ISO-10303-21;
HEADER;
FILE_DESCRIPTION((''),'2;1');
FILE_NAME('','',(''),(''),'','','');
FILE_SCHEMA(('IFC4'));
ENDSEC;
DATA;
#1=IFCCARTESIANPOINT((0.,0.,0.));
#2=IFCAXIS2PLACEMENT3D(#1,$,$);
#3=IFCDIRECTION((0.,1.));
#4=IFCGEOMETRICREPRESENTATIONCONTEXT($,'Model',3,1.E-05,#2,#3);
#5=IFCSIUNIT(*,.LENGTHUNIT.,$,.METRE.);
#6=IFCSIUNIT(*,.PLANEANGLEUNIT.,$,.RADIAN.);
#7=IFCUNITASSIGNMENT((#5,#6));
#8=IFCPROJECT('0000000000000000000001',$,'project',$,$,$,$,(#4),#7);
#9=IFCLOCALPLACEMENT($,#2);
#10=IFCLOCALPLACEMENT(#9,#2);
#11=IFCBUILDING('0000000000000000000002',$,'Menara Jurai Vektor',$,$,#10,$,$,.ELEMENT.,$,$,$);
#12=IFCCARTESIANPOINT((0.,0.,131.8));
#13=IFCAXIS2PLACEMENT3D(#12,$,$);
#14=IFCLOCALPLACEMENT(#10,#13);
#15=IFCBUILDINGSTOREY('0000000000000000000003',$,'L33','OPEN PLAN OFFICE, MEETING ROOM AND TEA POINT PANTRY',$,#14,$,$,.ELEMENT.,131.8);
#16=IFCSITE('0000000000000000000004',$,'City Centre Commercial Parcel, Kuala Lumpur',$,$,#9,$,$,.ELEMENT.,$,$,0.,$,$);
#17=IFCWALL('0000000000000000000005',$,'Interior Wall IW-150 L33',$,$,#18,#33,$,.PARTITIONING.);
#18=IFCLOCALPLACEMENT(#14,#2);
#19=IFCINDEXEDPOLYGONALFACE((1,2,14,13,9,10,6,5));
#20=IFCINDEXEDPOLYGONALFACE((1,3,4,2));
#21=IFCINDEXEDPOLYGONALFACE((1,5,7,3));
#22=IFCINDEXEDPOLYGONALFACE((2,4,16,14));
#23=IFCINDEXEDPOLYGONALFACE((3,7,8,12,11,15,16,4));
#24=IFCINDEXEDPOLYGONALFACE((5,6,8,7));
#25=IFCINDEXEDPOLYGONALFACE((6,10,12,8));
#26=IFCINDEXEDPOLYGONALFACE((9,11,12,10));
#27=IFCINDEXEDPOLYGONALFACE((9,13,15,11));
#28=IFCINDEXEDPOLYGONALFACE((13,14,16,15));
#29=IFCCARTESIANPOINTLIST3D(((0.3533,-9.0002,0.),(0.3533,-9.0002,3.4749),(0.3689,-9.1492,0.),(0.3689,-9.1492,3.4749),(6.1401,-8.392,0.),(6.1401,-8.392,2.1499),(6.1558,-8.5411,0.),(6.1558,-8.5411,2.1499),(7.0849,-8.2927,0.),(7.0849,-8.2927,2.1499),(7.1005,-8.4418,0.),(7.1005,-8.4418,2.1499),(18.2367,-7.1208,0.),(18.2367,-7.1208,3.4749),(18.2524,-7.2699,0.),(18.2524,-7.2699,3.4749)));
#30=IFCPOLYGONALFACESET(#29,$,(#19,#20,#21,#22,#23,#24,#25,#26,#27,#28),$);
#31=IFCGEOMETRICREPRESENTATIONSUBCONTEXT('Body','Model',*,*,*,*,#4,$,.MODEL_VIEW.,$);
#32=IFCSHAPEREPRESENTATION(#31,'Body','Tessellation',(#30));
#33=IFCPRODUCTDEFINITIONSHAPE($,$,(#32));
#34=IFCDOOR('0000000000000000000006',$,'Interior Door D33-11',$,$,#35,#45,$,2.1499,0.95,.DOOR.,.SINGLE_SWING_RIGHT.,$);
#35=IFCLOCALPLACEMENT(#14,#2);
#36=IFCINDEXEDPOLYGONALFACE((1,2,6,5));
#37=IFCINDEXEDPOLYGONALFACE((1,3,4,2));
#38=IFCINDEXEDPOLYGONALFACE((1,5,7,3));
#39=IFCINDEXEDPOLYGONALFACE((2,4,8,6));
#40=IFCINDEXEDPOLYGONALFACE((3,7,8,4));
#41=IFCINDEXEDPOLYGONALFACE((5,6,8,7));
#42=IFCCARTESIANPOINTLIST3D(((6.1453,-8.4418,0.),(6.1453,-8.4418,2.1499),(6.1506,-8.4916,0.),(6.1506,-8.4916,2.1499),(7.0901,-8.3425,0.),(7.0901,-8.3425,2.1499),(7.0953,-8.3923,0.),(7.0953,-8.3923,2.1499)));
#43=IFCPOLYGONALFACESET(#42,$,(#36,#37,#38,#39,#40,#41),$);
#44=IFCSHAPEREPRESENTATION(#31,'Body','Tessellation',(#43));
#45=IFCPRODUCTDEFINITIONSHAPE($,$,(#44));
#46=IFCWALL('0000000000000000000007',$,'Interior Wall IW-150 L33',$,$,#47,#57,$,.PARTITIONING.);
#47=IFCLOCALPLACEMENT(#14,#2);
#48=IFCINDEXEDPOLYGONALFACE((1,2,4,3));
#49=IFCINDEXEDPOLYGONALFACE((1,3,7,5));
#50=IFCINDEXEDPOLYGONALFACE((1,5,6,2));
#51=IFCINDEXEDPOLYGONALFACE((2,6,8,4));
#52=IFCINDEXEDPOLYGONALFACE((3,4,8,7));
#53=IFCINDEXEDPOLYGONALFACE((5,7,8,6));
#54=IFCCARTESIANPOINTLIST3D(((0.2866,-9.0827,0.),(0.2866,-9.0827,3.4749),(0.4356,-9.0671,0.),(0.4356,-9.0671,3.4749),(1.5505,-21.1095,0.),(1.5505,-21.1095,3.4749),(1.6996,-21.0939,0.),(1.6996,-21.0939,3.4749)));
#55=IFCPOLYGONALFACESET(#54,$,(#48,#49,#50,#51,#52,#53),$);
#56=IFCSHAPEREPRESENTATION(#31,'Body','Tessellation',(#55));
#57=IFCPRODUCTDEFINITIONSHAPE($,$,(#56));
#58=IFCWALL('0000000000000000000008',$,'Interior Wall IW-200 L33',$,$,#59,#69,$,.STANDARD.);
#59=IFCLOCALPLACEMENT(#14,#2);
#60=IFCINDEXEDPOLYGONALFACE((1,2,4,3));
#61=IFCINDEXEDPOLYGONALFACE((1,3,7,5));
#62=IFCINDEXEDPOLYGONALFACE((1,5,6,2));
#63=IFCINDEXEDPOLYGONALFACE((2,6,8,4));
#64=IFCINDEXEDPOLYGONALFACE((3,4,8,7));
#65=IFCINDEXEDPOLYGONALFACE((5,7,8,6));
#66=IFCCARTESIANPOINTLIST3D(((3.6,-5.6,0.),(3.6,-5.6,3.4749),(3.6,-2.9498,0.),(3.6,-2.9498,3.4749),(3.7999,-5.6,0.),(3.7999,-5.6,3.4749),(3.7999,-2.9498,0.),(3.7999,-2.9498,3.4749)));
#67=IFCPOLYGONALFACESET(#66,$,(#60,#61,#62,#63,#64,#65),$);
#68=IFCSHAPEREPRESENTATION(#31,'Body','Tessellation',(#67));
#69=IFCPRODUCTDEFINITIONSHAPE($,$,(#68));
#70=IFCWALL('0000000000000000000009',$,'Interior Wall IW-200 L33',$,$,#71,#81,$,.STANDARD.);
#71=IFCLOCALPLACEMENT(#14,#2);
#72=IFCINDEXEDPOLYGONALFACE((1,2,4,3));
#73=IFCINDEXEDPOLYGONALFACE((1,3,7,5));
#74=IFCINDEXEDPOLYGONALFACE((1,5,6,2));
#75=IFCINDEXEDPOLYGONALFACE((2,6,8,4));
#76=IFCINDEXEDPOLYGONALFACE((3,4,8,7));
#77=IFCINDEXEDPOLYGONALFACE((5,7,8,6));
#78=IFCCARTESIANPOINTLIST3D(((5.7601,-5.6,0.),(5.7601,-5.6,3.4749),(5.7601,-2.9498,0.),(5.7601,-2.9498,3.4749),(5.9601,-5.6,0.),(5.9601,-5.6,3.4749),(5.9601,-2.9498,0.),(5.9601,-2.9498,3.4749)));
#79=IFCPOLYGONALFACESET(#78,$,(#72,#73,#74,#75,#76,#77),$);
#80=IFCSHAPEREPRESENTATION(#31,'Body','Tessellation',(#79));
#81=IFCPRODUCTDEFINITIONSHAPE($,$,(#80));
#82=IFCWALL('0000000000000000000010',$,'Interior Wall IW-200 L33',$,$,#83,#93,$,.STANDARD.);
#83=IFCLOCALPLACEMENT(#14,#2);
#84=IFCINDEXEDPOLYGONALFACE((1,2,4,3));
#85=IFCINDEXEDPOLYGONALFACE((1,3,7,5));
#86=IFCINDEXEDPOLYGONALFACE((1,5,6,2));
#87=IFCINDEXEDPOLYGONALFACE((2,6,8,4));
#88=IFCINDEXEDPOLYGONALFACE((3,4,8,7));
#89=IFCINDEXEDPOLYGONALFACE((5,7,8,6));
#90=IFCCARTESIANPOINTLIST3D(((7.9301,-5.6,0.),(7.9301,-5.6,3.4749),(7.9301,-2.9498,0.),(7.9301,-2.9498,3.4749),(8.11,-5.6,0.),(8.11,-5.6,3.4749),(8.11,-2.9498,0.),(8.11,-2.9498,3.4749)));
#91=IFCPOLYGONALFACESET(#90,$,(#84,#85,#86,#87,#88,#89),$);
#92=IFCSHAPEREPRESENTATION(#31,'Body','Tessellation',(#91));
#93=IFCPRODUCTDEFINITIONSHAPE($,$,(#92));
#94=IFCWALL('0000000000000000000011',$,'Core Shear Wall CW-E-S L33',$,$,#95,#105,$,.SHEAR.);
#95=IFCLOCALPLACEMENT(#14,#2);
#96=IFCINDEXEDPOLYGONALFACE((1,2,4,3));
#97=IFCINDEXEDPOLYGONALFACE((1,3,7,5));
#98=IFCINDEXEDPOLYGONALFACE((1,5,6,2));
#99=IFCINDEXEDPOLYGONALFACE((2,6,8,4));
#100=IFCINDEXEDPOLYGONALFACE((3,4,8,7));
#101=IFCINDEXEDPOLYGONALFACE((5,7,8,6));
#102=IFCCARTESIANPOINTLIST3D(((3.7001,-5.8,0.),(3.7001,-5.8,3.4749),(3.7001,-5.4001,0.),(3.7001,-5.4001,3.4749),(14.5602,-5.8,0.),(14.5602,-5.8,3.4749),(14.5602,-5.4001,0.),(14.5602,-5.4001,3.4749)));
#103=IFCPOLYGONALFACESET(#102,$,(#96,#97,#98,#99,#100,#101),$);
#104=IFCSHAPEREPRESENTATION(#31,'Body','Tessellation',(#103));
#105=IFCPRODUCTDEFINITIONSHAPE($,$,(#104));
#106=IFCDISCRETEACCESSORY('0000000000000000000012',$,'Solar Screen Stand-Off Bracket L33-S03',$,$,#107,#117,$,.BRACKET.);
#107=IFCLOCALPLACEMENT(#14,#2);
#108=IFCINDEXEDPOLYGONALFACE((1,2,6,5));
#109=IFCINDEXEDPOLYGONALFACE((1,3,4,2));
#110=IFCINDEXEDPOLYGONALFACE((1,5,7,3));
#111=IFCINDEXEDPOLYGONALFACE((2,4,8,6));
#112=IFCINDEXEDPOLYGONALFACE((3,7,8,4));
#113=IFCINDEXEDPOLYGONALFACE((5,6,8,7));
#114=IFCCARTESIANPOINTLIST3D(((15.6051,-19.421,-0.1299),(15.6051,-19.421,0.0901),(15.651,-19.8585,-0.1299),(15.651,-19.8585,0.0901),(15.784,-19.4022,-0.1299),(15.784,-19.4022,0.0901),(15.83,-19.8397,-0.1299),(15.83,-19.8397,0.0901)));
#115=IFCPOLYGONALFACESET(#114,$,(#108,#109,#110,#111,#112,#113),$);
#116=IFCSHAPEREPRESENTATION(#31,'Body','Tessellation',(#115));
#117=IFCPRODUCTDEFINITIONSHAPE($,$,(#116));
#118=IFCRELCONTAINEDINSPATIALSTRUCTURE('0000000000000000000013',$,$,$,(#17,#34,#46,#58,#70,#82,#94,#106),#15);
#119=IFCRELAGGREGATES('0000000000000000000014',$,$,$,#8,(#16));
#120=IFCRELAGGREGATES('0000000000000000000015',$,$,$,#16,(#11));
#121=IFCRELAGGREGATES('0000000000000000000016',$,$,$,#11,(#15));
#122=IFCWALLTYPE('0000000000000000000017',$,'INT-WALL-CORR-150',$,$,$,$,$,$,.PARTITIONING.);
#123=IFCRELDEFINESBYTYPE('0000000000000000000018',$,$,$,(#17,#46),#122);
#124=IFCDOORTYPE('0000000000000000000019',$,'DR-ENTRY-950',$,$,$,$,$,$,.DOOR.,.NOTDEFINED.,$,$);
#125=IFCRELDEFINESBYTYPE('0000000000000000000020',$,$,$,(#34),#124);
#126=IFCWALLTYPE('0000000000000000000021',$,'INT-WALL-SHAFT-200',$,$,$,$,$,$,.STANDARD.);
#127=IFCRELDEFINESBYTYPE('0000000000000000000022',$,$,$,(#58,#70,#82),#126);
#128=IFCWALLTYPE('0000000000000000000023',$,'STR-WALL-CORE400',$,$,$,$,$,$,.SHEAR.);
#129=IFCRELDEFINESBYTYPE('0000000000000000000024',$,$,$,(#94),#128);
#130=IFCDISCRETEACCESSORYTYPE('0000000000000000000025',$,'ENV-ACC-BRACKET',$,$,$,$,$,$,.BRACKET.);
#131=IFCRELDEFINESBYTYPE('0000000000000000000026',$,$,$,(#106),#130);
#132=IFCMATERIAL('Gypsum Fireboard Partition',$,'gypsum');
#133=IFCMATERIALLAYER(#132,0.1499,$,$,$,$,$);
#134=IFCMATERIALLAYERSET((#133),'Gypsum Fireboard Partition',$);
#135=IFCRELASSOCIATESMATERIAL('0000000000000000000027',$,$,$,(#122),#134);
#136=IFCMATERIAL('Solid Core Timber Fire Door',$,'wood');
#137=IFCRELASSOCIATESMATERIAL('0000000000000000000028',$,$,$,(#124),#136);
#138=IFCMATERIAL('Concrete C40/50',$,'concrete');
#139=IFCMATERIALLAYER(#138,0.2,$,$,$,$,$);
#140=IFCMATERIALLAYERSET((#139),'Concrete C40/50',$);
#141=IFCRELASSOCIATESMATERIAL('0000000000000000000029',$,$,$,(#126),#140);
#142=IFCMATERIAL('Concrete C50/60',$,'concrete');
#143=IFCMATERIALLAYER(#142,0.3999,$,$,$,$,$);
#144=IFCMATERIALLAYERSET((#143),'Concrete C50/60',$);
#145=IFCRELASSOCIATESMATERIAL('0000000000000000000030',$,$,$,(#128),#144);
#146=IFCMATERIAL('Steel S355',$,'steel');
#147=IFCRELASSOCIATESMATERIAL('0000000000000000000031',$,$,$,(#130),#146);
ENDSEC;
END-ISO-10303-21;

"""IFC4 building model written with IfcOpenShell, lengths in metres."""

from ifc_helpers import new_model, si_unit, direction, frame, frame_2d, origin, origin_2d, place, context, subcontext, project, spatial, rectangle, extrude, material, layer, layer_set, type_object, element, fill, save


model = new_model("IFC4")

# Units and contexts
model_context = context("Model", 3, precision=1e-05, world=origin(), true_north=direction((0.0, 1.0)))
body_context = subcontext(model_context, "Body", "Model", "MODEL_VIEW")
ifc_project = project(units=[si_unit("LENGTHUNIT", "METRE"), si_unit("PLANEANGLEUNIT", "RADIAN")], contexts=[model_context])

# Site, building, storey
site_placement = place(None, origin())
site = spatial("IfcSite", under=ifc_project, at=site_placement, Name="City Centre Commercial Parcel, Kuala Lumpur", CompositionType="ELEMENT", RefElevation=0.0)
building_placement = place(site_placement, origin())
building = spatial("IfcBuilding", under=site, at=building_placement, Name="Menara Jurai Vektor", CompositionType="ELEMENT")
storey_placement = place(building_placement, frame((0.0, 0.0, 131.8)))
storey = spatial("IfcBuildingStorey", under=building, at=storey_placement, Name="L33", Description="OPEN PLAN OFFICE, MEETING ROOM AND TEA POINT PANTRY", CompositionType="ELEMENT", Elevation=131.8)

# Shared definitions
ifc_material_1 = material(Name="Concrete C50/60", Category="concrete")

# Shared definitions
ifc_material_2 = material(Name="Steel S355", Category="steel")

# Wall, opening, door
ifc_material_3 = material(Name="Gypsum Fireboard Partition", Category="gypsum")
ifc_layer_1 = layer(ifc_material_3, 0.1499)
ifc_layer_set_1 = layer_set([ifc_layer_1], Name="Gypsum Fireboard Partition")
wall_type_1 = type_object("IfcWallType", Name="INT-WALL-CORR-150", PredefinedType="PARTITIONING", material=ifc_layer_set_1)
wall_1_placement = place(storey_placement, frame((0.3611, -9.0747, 0.0), z_axis=(0.0, 0.0, 1.0), x_axis=(0.994523, 0.104515, 0.0)))
wall_1 = element("IfcWall", 1, at=wall_1_placement, inside=storey, type_object=wall_type_1, Name="Interior Wall IW-150 L33", PredefinedType="PARTITIONING", context=body_context, shape_type="SweptSolid", body=[
    extrude(rectangle(XDim=17.9819, YDim=0.1499, at=frame_2d((8.991, 0.0))), origin(), (0.0, 0.0, 1.0), 3.4749),
])
opening_placement = place(wall_1_placement, frame((5.8186, 0.0, 0.0)))
opening = element("IfcOpeningElement", 2, at=opening_placement, cuts=wall_1, PredefinedType="OPENING", context=body_context, shape_type="SweptSolid", body=[
    extrude(rectangle(XDim=0.95, YDim=2.1499, at=frame_2d((0.4751, 1.075))), frame((0.0, 0.085, 0.0), z_axis=(0.0, -1.0, 0.0), x_axis=(1.0, 0.0, 0.0)), (0.0, 0.0, 1.0), 0.1699),
])
ifc_material_4 = material(Name="Solid Core Timber Fire Door", Category="wood")
door_type = type_object("IfcDoorType", Name="DR-ENTRY-950", OperationType="NOTDEFINED", PredefinedType="DOOR", material=ifc_material_4)
door_placement = place(opening_placement, origin())
door = element("IfcDoor", 3, at=door_placement, inside=storey, type_object=door_type, Name="Interior Door D33-11", OperationType="SINGLE_SWING_RIGHT", OverallHeight=2.1499, OverallWidth=0.95, PredefinedType="DOOR", context=body_context, shape_type="SweptSolid", body=[
    extrude(rectangle(XDim=0.95, YDim=2.1499, at=frame_2d((0.4751, 1.075))), frame((0.0, 0.0249, 0.0), z_axis=(0.0, -1.0, 0.0), x_axis=(1.0, 0.0, 0.0)), (0.0, 0.0, 1.0), 0.05),
])
fill(opening, door)

# Walls
wall_2_placement = place(storey_placement, frame((1.625, -21.1016, 0.0), z_axis=(0.0, 0.0, 1.0), x_axis=(-0.104516, 0.994523, 0.0)))
element("IfcWall", 4, at=wall_2_placement, inside=storey, type_object=wall_type_1, Name="Interior Wall IW-150 L33", PredefinedType="PARTITIONING", context=body_context, shape_type="SweptSolid", body=[
    extrude(rectangle(XDim=12.093, YDim=0.1499, at=frame_2d((6.0464, 0.0))), origin(), (0.0, 0.0, 1.0), 3.4749),
])
ifc_material_5 = material(Name="Concrete C40/50", Category="concrete")
ifc_layer_2 = layer(ifc_material_5, 0.2)
ifc_layer_set_2 = layer_set([ifc_layer_2], Name="Concrete C40/50")
wall_type_2 = type_object("IfcWallType", Name="INT-WALL-SHAFT-200", PredefinedType="STANDARD", material=ifc_layer_set_2)
for number, where, z_axis, x_axis, name in (
    (5, (3.7, -5.6001, 0.0), (0.0, 0.0, 1.0), (0.0, 1.0, 0.0), "Interior Wall IW-200 L33"),
    (6, (5.8601, -5.6001, 0.0), (0.0, 0.0, 1.0), (0.0, 1.0, 0.0), "Interior Wall IW-200 L33"),
):
    element("IfcWall", number, at=place(storey_placement, frame(where, z_axis=z_axis, x_axis=x_axis)), inside=storey, type_object=wall_type_2, Name=name, PredefinedType="STANDARD", context=body_context, shape_type="SweptSolid", body=[
        extrude(rectangle(XDim=2.6501, YDim=0.2, at=frame_2d((1.3252, 0.0))), origin(), (0.0, 0.0, 1.0), 3.4749),
    ])
wall_3_placement = place(storey_placement, frame((8.02, -5.6001, 0.0), z_axis=(0.0, 0.0, 1.0), x_axis=(0.0, 1.0, 0.0)))
element("IfcWall", 7, at=wall_3_placement, inside=storey, type_object=wall_type_2, Name="Interior Wall IW-200 L33", PredefinedType="STANDARD", context=body_context, shape_type="SweptSolid", body=[
    extrude(rectangle(XDim=2.6501, YDim=0.1799, at=frame_2d((1.3252, 0.0))), origin(), (0.0, 0.0, 1.0), 3.4749),
])
ifc_layer_3 = layer(ifc_material_1, 0.3999)
ifc_layer_set_3 = layer_set([ifc_layer_3], Name="Concrete C50/60")
wall_type_3 = type_object("IfcWallType", Name="STR-WALL-CORE400", PredefinedType="SHEAR", material=ifc_layer_set_3)
wall_4_placement = place(storey_placement, frame((3.7, -5.6001, 0.0), z_axis=(0.0, 0.0, 1.0), x_axis=(1.0, 0.0, 0.0)))
element("IfcWall", 8, at=wall_4_placement, inside=storey, type_object=wall_type_3, Name="Core Shear Wall CW-E-S L33", PredefinedType="SHEAR", context=body_context, shape_type="SweptSolid", body=[
    extrude(rectangle(XDim=10.8601, YDim=0.3999, at=frame_2d((5.4302, 0.0))), origin(), (0.0, 0.0, 1.0), 3.4749),
])

# Discrete accessory
discrete_accessory_type = type_object("IfcDiscreteAccessoryType", Name="ENV-ACC-BRACKET", PredefinedType="BRACKET", material=ifc_material_2)
discrete_accessory_placement = place(storey_placement, frame((15.7175, -19.6304, -0.1299), z_axis=(0.0, 0.0, 1.0), x_axis=(0.994522, 0.104528, 0.0)))
element("IfcDiscreteAccessory", 9, at=discrete_accessory_placement, inside=storey, type_object=discrete_accessory_type, Name="Solar Screen Stand-Off Bracket L33-S03", PredefinedType="BRACKET", context=body_context, shape_type="SweptSolid", body=[
    extrude(rectangle(XDim=0.1799, YDim=0.4399, at=origin_2d()), origin(), (0.0, 0.0, 1.0), 0.22),
])

save(model, "model.ifc")
